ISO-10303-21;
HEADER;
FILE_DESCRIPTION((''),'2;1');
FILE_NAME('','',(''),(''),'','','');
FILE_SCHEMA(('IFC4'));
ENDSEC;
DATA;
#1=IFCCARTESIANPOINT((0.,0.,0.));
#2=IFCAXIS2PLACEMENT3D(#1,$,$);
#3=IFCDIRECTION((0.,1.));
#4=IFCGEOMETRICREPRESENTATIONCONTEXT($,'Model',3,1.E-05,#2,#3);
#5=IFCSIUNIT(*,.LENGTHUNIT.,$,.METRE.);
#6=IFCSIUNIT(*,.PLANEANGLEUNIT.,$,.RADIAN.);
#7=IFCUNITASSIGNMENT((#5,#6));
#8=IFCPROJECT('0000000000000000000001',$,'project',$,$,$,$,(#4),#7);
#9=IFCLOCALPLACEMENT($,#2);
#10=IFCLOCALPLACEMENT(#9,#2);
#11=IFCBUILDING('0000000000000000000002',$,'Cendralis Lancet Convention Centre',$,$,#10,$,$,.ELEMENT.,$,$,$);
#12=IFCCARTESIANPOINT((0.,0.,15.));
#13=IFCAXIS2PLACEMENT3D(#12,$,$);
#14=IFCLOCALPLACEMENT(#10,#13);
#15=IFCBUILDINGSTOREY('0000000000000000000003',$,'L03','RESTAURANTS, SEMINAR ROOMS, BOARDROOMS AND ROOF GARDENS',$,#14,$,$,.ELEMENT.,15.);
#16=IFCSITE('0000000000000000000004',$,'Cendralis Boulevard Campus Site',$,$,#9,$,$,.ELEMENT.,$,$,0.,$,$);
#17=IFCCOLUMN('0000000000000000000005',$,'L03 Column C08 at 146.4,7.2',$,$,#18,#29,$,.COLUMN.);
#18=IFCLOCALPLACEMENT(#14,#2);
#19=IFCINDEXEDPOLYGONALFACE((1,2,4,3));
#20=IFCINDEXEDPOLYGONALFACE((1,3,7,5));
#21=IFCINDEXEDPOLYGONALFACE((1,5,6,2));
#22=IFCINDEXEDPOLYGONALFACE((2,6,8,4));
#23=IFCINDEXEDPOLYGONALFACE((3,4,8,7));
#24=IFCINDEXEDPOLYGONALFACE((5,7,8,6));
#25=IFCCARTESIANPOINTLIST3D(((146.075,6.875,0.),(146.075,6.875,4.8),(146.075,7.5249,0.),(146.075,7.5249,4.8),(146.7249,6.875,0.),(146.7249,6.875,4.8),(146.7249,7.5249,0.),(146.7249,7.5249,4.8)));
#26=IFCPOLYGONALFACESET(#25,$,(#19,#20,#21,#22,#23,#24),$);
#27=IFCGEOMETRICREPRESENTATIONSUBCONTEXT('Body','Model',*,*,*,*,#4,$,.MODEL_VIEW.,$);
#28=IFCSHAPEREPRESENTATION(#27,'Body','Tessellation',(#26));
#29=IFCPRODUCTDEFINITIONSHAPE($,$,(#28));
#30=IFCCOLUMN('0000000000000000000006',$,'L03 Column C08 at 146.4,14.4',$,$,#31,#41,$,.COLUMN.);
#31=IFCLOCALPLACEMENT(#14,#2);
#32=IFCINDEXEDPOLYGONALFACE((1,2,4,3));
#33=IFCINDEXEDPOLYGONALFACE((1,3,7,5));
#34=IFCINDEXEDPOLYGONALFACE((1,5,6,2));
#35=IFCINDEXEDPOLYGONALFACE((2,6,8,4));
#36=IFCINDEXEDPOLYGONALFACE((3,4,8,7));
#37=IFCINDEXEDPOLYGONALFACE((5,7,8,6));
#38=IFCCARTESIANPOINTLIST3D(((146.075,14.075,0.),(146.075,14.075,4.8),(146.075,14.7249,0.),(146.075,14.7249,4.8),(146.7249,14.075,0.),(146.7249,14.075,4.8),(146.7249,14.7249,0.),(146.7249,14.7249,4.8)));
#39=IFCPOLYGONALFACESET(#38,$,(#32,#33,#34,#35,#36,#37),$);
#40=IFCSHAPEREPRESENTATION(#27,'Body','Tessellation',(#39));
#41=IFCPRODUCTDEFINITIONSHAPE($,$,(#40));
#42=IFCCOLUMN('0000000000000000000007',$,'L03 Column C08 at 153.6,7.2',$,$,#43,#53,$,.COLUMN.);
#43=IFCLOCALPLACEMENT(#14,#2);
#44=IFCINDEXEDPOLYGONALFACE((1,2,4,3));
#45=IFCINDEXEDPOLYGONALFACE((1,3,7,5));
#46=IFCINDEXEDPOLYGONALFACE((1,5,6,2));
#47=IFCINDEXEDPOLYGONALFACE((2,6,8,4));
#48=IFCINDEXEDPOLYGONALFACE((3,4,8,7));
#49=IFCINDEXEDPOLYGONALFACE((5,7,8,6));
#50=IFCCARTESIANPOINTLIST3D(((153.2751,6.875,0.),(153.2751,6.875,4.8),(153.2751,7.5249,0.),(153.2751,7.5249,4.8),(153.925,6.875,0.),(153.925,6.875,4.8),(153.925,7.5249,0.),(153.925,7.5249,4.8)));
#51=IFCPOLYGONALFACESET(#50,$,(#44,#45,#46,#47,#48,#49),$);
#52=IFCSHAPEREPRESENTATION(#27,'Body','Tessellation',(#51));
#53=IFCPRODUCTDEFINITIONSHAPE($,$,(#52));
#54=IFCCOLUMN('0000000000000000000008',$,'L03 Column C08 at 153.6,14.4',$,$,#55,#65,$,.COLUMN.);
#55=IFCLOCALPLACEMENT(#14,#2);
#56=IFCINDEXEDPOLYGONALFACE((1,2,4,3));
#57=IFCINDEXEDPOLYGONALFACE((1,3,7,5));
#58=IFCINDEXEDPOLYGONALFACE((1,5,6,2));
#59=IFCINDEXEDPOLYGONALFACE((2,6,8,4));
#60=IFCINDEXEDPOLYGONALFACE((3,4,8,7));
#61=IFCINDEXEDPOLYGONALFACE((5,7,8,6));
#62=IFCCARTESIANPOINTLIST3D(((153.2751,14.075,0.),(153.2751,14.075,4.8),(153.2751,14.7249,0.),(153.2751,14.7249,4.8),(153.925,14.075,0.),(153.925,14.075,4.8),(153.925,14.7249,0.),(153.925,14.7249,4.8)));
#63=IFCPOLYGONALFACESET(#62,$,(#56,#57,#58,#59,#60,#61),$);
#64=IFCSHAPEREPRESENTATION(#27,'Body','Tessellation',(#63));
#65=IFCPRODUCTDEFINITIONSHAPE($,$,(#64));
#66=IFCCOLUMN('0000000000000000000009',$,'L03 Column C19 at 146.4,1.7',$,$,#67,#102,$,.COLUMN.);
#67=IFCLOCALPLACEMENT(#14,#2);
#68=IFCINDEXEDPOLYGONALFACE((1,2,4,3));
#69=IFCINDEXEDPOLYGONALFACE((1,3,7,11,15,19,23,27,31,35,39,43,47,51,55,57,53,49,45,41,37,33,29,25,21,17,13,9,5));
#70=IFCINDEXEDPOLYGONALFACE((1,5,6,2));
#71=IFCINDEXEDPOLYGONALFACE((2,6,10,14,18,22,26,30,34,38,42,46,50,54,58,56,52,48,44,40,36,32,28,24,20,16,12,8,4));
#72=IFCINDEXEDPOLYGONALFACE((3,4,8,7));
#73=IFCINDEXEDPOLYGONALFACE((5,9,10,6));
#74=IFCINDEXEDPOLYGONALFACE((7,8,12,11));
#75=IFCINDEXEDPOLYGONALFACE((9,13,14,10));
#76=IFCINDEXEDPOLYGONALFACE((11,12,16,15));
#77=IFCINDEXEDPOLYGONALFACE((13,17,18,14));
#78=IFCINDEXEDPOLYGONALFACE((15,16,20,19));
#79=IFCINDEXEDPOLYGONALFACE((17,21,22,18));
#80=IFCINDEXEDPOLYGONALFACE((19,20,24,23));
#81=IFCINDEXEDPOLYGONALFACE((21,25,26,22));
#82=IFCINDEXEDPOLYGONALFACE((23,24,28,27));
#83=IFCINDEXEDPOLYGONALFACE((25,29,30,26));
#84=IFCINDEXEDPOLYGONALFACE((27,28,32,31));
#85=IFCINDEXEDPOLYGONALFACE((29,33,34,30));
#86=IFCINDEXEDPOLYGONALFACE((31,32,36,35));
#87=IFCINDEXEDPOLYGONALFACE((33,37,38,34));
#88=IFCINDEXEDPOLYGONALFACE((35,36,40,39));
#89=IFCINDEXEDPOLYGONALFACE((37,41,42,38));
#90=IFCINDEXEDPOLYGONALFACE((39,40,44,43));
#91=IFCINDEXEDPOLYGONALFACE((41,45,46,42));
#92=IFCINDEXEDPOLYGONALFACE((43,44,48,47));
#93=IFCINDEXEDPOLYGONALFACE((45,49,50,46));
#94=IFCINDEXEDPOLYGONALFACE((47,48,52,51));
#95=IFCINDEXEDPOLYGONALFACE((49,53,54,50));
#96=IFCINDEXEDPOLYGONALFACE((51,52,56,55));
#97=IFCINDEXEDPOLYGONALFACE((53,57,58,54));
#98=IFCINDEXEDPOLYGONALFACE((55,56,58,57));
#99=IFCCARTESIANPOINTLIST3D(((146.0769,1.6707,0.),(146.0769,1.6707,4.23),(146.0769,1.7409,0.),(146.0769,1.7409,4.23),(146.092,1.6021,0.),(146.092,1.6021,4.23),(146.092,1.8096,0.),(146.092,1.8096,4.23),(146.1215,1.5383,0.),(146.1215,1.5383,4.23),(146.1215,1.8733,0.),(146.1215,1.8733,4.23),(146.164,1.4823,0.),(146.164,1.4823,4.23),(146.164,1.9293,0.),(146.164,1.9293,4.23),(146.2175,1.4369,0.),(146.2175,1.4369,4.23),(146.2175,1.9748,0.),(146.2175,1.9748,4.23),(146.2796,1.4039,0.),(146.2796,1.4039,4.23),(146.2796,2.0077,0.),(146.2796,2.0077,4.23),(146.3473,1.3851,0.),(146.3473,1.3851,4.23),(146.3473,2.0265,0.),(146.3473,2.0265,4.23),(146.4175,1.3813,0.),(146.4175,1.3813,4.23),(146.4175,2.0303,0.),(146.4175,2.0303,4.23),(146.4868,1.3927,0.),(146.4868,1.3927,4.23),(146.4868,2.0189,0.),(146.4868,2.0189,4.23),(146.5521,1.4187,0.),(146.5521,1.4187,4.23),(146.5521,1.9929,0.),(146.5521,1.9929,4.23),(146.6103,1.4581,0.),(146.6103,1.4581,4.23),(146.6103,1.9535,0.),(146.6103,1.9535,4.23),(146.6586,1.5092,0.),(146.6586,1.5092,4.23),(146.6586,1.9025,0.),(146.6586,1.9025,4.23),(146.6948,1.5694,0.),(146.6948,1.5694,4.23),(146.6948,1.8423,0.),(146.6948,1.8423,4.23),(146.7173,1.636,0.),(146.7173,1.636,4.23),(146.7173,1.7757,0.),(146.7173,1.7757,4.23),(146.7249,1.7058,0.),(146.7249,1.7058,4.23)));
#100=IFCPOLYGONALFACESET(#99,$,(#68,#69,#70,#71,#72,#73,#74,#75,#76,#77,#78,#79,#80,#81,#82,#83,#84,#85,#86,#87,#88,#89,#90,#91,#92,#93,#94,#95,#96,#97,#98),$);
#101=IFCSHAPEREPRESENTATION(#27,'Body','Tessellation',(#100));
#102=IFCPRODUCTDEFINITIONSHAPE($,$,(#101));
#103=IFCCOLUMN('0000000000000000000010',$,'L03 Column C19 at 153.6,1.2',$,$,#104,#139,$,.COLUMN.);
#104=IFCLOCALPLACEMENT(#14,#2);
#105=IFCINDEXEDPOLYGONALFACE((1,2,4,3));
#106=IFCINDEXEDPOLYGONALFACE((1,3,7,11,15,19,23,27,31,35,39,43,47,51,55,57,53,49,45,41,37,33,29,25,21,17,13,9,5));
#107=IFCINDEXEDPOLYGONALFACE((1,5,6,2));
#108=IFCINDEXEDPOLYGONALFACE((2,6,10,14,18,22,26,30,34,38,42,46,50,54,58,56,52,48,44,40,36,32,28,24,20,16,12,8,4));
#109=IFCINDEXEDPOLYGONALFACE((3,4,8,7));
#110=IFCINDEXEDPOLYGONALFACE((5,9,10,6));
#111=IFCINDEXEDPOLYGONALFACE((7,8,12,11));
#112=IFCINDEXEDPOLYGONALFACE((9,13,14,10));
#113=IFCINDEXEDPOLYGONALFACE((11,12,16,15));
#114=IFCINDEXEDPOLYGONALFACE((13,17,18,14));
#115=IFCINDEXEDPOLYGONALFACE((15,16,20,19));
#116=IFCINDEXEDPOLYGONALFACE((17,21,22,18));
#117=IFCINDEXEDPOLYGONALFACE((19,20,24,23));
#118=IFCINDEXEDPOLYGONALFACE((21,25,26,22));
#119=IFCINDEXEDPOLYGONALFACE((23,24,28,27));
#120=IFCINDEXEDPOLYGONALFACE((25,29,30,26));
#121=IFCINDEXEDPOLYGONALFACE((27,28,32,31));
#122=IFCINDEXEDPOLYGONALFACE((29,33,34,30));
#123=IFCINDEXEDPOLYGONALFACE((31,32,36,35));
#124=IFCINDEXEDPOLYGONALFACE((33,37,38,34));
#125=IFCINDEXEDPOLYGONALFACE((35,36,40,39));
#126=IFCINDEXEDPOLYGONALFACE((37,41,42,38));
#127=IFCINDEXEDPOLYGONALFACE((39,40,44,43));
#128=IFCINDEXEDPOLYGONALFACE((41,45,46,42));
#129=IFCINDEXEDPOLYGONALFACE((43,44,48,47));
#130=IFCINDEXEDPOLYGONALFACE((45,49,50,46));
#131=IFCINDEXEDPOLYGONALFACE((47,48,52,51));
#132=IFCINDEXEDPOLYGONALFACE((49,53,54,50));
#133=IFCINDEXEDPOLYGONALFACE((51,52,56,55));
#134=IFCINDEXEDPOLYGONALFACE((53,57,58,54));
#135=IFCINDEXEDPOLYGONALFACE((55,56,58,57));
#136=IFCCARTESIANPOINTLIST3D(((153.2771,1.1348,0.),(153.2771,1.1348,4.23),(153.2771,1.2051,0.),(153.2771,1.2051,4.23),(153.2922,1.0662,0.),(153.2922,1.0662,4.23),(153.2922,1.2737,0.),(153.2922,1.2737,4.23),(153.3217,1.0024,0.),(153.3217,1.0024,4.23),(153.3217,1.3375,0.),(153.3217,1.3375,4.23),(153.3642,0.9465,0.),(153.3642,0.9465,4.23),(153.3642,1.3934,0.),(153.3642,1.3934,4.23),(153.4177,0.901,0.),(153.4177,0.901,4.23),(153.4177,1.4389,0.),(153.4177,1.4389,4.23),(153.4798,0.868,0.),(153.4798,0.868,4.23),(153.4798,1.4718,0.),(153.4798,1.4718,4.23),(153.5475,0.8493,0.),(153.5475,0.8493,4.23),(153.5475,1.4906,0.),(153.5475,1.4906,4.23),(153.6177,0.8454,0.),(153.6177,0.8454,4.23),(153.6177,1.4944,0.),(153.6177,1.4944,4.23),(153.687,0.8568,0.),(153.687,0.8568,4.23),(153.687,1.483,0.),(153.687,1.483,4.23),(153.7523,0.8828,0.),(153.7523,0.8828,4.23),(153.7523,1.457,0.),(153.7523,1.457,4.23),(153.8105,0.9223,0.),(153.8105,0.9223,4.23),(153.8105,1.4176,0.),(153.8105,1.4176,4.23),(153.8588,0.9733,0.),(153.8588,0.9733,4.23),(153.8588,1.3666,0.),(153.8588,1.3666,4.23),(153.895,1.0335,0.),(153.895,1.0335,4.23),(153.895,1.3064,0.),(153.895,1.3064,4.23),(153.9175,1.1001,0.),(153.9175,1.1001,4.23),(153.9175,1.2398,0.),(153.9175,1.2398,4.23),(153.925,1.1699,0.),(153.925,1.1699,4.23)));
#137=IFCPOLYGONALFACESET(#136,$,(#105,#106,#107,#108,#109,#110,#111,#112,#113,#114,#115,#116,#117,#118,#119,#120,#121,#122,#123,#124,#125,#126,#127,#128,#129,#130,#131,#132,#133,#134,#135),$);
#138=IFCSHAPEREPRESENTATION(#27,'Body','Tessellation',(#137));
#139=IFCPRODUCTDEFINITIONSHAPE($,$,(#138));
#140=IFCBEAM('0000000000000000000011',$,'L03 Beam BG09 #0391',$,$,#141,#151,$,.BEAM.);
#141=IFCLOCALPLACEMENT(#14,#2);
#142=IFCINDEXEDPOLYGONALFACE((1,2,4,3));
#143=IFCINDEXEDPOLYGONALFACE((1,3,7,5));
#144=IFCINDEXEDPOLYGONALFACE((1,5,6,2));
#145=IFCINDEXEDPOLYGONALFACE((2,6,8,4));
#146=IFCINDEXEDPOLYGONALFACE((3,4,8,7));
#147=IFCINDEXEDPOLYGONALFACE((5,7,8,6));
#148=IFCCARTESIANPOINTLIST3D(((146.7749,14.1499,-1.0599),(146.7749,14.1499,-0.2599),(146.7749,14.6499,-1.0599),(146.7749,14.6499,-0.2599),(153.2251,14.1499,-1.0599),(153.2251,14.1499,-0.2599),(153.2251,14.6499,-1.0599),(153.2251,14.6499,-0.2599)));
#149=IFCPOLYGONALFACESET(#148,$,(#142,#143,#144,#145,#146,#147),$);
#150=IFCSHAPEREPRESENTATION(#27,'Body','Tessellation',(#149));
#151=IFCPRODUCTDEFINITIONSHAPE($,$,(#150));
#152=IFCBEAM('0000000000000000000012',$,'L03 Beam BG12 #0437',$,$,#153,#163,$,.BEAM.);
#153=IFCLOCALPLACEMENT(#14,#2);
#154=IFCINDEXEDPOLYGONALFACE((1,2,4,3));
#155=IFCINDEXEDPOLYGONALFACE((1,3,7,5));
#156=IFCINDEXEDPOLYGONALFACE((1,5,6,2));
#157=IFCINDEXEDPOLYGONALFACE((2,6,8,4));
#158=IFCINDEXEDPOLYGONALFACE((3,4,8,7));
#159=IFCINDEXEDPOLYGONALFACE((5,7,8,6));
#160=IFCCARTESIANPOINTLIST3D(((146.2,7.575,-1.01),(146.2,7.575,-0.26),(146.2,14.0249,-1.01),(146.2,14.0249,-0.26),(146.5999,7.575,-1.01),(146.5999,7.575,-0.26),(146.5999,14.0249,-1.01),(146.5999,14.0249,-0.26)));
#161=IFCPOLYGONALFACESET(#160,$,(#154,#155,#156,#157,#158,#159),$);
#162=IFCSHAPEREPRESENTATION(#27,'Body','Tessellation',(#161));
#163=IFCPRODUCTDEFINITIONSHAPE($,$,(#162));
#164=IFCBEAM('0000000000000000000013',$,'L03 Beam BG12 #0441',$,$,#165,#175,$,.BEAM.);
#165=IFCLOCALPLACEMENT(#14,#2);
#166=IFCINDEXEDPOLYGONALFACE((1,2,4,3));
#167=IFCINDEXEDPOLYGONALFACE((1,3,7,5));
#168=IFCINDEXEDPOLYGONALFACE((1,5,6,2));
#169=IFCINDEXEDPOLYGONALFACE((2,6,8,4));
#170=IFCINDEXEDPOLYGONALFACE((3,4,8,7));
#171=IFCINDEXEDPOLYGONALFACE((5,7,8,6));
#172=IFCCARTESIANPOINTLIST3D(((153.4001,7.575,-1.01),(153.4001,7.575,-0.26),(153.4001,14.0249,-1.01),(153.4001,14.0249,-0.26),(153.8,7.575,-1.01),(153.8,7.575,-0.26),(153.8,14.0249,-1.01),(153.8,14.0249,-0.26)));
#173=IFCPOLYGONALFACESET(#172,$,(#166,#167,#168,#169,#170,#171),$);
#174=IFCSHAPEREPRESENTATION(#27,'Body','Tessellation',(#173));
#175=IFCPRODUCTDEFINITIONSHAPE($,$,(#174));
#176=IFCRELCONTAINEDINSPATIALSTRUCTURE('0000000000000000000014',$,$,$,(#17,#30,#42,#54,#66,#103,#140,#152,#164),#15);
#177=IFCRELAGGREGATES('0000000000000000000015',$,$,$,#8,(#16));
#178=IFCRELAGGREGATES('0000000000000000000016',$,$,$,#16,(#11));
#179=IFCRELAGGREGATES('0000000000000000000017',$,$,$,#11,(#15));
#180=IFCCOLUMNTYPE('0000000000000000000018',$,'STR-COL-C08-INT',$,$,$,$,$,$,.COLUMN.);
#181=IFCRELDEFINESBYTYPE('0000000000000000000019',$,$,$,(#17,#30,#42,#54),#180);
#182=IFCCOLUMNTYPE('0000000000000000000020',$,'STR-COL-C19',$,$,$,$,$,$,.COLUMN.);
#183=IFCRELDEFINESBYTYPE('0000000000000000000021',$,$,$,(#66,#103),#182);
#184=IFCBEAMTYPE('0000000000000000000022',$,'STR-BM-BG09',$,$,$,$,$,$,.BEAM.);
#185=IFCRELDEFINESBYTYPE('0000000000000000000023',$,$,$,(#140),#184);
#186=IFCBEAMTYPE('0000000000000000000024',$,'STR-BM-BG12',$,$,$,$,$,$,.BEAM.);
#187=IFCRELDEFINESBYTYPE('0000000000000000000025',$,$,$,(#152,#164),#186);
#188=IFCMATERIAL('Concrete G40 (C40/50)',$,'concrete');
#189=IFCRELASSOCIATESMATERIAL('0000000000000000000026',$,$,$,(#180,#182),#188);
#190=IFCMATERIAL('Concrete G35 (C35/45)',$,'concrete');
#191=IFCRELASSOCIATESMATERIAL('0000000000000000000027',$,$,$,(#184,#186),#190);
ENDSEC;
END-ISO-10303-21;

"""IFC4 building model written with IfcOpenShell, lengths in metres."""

from ifc_helpers import new_model, si_unit, direction, frame, origin, origin_2d, place, context, subcontext, project, spatial, rectangle, circle, extrude, material, material_profile, profile_set, type_object, element, save


model = new_model("IFC4")

# Units and contexts
model_context = context("Model", 3, precision=1e-05, world=origin(), true_north=direction((0.0, 1.0)))
body_context = subcontext(model_context, "Body", "Model", "MODEL_VIEW")
ifc_project = project(units=[si_unit("LENGTHUNIT", "METRE"), si_unit("PLANEANGLEUNIT", "RADIAN")], contexts=[model_context])

# Site, building, storey
site_placement = place(None, origin())
site = spatial("IfcSite", under=ifc_project, at=site_placement, Name="Cendralis Boulevard Campus Site", CompositionType="ELEMENT", RefElevation=0.0)
building_placement = place(site_placement, origin())
building = spatial("IfcBuilding", under=site, at=building_placement, Name="Cendralis Lancet Convention Centre", CompositionType="ELEMENT")
storey_placement = place(building_placement, frame((0.0, 0.0, 15.0)))
storey = spatial("IfcBuildingStorey", under=building, at=storey_placement, Name="L03", Description="RESTAURANTS, SEMINAR ROOMS, BOARDROOMS AND ROOF GARDENS", CompositionType="ELEMENT", Elevation=15.0)

# Columns
ifc_material_1 = material(Name="Concrete G40 (C40/50)", Category="concrete")
ifc_material_profile_1 = material_profile(ifc_material_1, rectangle(XDim=0.6499, YDim=0.6499, at=origin_2d()), Name="RC 650x650")
ifc_profile_set_1 = profile_set([ifc_material_profile_1], Name="Concrete G40 (C40/50)")
column_type_1 = type_object("IfcColumnType", Name="STR-COL-C08-INT", PredefinedType="COLUMN", material=ifc_profile_set_1)
for number, where, z_axis, x_axis, name in (
    (1, (146.3999, 7.2, 0.0), (0.0, 0.0, 1.0), (1.0, 0.0, 0.0), "L03 Column C08 at 146.4,7.2"),
    (2, (146.3999, 14.3999, 0.0), (0.0, 0.0, 1.0), (1.0, 0.0, 0.0), "L03 Column C08 at 146.4,14.4"),
    (3, (153.6001, 7.2, 0.0), (0.0, 0.0, 1.0), (1.0, 0.0, 0.0), "L03 Column C08 at 153.6,7.2"),
    (4, (153.6001, 14.3999, 0.0), (0.0, 0.0, 1.0), (1.0, 0.0, 0.0), "L03 Column C08 at 153.6,14.4"),
):
    element("IfcColumn", number, at=place(storey_placement, frame(where, z_axis=z_axis, x_axis=x_axis)), inside=storey, type_object=column_type_1, Name=name, PredefinedType="COLUMN", context=body_context, shape_type="SweptSolid", body=[
        extrude(rectangle(XDim=0.6499, YDim=0.6499, at=origin_2d()), origin(), (0.0, 0.0, 1.0), 4.8),
    ])
ifc_material_profile_2 = material_profile(ifc_material_1, circle(Radius=0.325, at=origin_2d()), Name="RC D650")
ifc_profile_set_2 = profile_set([ifc_material_profile_2], Name="Concrete G40 (C40/50)")
column_type_2 = type_object("IfcColumnType", Name="STR-COL-C19", PredefinedType="COLUMN", material=ifc_profile_set_2)
for number, where, z_axis, x_axis, name in (
    (5, (146.3999, 1.7058, 0.0), (0.0, 0.0, 1.0), (1.0, 0.0, 0.0), "L03 Column C19 at 146.4,1.7"),
    (6, (153.6001, 1.1699, 0.0), (0.0, 0.0, 1.0), (1.0, 0.0, 0.0), "L03 Column C19 at 153.6,1.2"),
):
    element("IfcColumn", number, at=place(storey_placement, frame(where, z_axis=z_axis, x_axis=x_axis)), inside=storey, type_object=column_type_2, Name=name, PredefinedType="COLUMN", context=body_context, shape_type="SweptSolid", body=[
        extrude(circle(Radius=0.325, at=origin_2d()), origin(), (0.0, 0.0, 1.0), 4.23),
    ])

# Beams
ifc_material_2 = material(Name="Concrete G35 (C35/45)", Category="concrete")
ifc_material_profile_3 = material_profile(ifc_material_2, rectangle(XDim=0.5, YDim=0.8, at=origin_2d()), Name="RCB 500x800")
ifc_profile_set_3 = profile_set([ifc_material_profile_3], Name="Concrete G35 (C35/45)")
beam_type_1 = type_object("IfcBeamType", Name="STR-BM-BG09", PredefinedType="BEAM", material=ifc_profile_set_3)
beam_1_placement = place(storey_placement, frame((146.7749, 14.3999, -0.6599), z_axis=(1.0, 0.0, 0.0), x_axis=(0.0, 1.0, 0.0)))
element("IfcBeam", 7, at=beam_1_placement, inside=storey, type_object=beam_type_1, Name="L03 Beam BG09 #0391", PredefinedType="BEAM", context=body_context, shape_type="SweptSolid", body=[
    extrude(rectangle(XDim=0.5, YDim=0.8, at=origin_2d()), origin(), (0.0, 0.0, 1.0), 6.4502),
])
ifc_material_profile_4 = material_profile(ifc_material_2, rectangle(XDim=0.3999, YDim=0.75, at=origin_2d()), Name="RCB 400x750")
ifc_profile_set_4 = profile_set([ifc_material_profile_4], Name="Concrete G35 (C35/45)")
beam_type_2 = type_object("IfcBeamType", Name="STR-BM-BG12", PredefinedType="BEAM", material=ifc_profile_set_4)
for number, where, z_axis, x_axis, name in (
    (8, (146.3999, 7.575, -0.635), (0.0, 1.0, 0.0), (-1.0, 0.0, 0.0), "L03 Beam BG12 #0437"),
    (9, (153.6001, 7.575, -0.635), (0.0, 1.0, 0.0), (-1.0, 0.0, 0.0), "L03 Beam BG12 #0441"),
):
    element("IfcBeam", number, at=place(storey_placement, frame(where, z_axis=z_axis, x_axis=x_axis)), inside=storey, type_object=beam_type_2, Name=name, PredefinedType="BEAM", context=body_context, shape_type="SweptSolid", body=[
        extrude(rectangle(XDim=0.3999, YDim=0.75, at=origin_2d()), origin(), (0.0, 0.0, 1.0), 6.45),
    ])

save(model, "model.ifc")
